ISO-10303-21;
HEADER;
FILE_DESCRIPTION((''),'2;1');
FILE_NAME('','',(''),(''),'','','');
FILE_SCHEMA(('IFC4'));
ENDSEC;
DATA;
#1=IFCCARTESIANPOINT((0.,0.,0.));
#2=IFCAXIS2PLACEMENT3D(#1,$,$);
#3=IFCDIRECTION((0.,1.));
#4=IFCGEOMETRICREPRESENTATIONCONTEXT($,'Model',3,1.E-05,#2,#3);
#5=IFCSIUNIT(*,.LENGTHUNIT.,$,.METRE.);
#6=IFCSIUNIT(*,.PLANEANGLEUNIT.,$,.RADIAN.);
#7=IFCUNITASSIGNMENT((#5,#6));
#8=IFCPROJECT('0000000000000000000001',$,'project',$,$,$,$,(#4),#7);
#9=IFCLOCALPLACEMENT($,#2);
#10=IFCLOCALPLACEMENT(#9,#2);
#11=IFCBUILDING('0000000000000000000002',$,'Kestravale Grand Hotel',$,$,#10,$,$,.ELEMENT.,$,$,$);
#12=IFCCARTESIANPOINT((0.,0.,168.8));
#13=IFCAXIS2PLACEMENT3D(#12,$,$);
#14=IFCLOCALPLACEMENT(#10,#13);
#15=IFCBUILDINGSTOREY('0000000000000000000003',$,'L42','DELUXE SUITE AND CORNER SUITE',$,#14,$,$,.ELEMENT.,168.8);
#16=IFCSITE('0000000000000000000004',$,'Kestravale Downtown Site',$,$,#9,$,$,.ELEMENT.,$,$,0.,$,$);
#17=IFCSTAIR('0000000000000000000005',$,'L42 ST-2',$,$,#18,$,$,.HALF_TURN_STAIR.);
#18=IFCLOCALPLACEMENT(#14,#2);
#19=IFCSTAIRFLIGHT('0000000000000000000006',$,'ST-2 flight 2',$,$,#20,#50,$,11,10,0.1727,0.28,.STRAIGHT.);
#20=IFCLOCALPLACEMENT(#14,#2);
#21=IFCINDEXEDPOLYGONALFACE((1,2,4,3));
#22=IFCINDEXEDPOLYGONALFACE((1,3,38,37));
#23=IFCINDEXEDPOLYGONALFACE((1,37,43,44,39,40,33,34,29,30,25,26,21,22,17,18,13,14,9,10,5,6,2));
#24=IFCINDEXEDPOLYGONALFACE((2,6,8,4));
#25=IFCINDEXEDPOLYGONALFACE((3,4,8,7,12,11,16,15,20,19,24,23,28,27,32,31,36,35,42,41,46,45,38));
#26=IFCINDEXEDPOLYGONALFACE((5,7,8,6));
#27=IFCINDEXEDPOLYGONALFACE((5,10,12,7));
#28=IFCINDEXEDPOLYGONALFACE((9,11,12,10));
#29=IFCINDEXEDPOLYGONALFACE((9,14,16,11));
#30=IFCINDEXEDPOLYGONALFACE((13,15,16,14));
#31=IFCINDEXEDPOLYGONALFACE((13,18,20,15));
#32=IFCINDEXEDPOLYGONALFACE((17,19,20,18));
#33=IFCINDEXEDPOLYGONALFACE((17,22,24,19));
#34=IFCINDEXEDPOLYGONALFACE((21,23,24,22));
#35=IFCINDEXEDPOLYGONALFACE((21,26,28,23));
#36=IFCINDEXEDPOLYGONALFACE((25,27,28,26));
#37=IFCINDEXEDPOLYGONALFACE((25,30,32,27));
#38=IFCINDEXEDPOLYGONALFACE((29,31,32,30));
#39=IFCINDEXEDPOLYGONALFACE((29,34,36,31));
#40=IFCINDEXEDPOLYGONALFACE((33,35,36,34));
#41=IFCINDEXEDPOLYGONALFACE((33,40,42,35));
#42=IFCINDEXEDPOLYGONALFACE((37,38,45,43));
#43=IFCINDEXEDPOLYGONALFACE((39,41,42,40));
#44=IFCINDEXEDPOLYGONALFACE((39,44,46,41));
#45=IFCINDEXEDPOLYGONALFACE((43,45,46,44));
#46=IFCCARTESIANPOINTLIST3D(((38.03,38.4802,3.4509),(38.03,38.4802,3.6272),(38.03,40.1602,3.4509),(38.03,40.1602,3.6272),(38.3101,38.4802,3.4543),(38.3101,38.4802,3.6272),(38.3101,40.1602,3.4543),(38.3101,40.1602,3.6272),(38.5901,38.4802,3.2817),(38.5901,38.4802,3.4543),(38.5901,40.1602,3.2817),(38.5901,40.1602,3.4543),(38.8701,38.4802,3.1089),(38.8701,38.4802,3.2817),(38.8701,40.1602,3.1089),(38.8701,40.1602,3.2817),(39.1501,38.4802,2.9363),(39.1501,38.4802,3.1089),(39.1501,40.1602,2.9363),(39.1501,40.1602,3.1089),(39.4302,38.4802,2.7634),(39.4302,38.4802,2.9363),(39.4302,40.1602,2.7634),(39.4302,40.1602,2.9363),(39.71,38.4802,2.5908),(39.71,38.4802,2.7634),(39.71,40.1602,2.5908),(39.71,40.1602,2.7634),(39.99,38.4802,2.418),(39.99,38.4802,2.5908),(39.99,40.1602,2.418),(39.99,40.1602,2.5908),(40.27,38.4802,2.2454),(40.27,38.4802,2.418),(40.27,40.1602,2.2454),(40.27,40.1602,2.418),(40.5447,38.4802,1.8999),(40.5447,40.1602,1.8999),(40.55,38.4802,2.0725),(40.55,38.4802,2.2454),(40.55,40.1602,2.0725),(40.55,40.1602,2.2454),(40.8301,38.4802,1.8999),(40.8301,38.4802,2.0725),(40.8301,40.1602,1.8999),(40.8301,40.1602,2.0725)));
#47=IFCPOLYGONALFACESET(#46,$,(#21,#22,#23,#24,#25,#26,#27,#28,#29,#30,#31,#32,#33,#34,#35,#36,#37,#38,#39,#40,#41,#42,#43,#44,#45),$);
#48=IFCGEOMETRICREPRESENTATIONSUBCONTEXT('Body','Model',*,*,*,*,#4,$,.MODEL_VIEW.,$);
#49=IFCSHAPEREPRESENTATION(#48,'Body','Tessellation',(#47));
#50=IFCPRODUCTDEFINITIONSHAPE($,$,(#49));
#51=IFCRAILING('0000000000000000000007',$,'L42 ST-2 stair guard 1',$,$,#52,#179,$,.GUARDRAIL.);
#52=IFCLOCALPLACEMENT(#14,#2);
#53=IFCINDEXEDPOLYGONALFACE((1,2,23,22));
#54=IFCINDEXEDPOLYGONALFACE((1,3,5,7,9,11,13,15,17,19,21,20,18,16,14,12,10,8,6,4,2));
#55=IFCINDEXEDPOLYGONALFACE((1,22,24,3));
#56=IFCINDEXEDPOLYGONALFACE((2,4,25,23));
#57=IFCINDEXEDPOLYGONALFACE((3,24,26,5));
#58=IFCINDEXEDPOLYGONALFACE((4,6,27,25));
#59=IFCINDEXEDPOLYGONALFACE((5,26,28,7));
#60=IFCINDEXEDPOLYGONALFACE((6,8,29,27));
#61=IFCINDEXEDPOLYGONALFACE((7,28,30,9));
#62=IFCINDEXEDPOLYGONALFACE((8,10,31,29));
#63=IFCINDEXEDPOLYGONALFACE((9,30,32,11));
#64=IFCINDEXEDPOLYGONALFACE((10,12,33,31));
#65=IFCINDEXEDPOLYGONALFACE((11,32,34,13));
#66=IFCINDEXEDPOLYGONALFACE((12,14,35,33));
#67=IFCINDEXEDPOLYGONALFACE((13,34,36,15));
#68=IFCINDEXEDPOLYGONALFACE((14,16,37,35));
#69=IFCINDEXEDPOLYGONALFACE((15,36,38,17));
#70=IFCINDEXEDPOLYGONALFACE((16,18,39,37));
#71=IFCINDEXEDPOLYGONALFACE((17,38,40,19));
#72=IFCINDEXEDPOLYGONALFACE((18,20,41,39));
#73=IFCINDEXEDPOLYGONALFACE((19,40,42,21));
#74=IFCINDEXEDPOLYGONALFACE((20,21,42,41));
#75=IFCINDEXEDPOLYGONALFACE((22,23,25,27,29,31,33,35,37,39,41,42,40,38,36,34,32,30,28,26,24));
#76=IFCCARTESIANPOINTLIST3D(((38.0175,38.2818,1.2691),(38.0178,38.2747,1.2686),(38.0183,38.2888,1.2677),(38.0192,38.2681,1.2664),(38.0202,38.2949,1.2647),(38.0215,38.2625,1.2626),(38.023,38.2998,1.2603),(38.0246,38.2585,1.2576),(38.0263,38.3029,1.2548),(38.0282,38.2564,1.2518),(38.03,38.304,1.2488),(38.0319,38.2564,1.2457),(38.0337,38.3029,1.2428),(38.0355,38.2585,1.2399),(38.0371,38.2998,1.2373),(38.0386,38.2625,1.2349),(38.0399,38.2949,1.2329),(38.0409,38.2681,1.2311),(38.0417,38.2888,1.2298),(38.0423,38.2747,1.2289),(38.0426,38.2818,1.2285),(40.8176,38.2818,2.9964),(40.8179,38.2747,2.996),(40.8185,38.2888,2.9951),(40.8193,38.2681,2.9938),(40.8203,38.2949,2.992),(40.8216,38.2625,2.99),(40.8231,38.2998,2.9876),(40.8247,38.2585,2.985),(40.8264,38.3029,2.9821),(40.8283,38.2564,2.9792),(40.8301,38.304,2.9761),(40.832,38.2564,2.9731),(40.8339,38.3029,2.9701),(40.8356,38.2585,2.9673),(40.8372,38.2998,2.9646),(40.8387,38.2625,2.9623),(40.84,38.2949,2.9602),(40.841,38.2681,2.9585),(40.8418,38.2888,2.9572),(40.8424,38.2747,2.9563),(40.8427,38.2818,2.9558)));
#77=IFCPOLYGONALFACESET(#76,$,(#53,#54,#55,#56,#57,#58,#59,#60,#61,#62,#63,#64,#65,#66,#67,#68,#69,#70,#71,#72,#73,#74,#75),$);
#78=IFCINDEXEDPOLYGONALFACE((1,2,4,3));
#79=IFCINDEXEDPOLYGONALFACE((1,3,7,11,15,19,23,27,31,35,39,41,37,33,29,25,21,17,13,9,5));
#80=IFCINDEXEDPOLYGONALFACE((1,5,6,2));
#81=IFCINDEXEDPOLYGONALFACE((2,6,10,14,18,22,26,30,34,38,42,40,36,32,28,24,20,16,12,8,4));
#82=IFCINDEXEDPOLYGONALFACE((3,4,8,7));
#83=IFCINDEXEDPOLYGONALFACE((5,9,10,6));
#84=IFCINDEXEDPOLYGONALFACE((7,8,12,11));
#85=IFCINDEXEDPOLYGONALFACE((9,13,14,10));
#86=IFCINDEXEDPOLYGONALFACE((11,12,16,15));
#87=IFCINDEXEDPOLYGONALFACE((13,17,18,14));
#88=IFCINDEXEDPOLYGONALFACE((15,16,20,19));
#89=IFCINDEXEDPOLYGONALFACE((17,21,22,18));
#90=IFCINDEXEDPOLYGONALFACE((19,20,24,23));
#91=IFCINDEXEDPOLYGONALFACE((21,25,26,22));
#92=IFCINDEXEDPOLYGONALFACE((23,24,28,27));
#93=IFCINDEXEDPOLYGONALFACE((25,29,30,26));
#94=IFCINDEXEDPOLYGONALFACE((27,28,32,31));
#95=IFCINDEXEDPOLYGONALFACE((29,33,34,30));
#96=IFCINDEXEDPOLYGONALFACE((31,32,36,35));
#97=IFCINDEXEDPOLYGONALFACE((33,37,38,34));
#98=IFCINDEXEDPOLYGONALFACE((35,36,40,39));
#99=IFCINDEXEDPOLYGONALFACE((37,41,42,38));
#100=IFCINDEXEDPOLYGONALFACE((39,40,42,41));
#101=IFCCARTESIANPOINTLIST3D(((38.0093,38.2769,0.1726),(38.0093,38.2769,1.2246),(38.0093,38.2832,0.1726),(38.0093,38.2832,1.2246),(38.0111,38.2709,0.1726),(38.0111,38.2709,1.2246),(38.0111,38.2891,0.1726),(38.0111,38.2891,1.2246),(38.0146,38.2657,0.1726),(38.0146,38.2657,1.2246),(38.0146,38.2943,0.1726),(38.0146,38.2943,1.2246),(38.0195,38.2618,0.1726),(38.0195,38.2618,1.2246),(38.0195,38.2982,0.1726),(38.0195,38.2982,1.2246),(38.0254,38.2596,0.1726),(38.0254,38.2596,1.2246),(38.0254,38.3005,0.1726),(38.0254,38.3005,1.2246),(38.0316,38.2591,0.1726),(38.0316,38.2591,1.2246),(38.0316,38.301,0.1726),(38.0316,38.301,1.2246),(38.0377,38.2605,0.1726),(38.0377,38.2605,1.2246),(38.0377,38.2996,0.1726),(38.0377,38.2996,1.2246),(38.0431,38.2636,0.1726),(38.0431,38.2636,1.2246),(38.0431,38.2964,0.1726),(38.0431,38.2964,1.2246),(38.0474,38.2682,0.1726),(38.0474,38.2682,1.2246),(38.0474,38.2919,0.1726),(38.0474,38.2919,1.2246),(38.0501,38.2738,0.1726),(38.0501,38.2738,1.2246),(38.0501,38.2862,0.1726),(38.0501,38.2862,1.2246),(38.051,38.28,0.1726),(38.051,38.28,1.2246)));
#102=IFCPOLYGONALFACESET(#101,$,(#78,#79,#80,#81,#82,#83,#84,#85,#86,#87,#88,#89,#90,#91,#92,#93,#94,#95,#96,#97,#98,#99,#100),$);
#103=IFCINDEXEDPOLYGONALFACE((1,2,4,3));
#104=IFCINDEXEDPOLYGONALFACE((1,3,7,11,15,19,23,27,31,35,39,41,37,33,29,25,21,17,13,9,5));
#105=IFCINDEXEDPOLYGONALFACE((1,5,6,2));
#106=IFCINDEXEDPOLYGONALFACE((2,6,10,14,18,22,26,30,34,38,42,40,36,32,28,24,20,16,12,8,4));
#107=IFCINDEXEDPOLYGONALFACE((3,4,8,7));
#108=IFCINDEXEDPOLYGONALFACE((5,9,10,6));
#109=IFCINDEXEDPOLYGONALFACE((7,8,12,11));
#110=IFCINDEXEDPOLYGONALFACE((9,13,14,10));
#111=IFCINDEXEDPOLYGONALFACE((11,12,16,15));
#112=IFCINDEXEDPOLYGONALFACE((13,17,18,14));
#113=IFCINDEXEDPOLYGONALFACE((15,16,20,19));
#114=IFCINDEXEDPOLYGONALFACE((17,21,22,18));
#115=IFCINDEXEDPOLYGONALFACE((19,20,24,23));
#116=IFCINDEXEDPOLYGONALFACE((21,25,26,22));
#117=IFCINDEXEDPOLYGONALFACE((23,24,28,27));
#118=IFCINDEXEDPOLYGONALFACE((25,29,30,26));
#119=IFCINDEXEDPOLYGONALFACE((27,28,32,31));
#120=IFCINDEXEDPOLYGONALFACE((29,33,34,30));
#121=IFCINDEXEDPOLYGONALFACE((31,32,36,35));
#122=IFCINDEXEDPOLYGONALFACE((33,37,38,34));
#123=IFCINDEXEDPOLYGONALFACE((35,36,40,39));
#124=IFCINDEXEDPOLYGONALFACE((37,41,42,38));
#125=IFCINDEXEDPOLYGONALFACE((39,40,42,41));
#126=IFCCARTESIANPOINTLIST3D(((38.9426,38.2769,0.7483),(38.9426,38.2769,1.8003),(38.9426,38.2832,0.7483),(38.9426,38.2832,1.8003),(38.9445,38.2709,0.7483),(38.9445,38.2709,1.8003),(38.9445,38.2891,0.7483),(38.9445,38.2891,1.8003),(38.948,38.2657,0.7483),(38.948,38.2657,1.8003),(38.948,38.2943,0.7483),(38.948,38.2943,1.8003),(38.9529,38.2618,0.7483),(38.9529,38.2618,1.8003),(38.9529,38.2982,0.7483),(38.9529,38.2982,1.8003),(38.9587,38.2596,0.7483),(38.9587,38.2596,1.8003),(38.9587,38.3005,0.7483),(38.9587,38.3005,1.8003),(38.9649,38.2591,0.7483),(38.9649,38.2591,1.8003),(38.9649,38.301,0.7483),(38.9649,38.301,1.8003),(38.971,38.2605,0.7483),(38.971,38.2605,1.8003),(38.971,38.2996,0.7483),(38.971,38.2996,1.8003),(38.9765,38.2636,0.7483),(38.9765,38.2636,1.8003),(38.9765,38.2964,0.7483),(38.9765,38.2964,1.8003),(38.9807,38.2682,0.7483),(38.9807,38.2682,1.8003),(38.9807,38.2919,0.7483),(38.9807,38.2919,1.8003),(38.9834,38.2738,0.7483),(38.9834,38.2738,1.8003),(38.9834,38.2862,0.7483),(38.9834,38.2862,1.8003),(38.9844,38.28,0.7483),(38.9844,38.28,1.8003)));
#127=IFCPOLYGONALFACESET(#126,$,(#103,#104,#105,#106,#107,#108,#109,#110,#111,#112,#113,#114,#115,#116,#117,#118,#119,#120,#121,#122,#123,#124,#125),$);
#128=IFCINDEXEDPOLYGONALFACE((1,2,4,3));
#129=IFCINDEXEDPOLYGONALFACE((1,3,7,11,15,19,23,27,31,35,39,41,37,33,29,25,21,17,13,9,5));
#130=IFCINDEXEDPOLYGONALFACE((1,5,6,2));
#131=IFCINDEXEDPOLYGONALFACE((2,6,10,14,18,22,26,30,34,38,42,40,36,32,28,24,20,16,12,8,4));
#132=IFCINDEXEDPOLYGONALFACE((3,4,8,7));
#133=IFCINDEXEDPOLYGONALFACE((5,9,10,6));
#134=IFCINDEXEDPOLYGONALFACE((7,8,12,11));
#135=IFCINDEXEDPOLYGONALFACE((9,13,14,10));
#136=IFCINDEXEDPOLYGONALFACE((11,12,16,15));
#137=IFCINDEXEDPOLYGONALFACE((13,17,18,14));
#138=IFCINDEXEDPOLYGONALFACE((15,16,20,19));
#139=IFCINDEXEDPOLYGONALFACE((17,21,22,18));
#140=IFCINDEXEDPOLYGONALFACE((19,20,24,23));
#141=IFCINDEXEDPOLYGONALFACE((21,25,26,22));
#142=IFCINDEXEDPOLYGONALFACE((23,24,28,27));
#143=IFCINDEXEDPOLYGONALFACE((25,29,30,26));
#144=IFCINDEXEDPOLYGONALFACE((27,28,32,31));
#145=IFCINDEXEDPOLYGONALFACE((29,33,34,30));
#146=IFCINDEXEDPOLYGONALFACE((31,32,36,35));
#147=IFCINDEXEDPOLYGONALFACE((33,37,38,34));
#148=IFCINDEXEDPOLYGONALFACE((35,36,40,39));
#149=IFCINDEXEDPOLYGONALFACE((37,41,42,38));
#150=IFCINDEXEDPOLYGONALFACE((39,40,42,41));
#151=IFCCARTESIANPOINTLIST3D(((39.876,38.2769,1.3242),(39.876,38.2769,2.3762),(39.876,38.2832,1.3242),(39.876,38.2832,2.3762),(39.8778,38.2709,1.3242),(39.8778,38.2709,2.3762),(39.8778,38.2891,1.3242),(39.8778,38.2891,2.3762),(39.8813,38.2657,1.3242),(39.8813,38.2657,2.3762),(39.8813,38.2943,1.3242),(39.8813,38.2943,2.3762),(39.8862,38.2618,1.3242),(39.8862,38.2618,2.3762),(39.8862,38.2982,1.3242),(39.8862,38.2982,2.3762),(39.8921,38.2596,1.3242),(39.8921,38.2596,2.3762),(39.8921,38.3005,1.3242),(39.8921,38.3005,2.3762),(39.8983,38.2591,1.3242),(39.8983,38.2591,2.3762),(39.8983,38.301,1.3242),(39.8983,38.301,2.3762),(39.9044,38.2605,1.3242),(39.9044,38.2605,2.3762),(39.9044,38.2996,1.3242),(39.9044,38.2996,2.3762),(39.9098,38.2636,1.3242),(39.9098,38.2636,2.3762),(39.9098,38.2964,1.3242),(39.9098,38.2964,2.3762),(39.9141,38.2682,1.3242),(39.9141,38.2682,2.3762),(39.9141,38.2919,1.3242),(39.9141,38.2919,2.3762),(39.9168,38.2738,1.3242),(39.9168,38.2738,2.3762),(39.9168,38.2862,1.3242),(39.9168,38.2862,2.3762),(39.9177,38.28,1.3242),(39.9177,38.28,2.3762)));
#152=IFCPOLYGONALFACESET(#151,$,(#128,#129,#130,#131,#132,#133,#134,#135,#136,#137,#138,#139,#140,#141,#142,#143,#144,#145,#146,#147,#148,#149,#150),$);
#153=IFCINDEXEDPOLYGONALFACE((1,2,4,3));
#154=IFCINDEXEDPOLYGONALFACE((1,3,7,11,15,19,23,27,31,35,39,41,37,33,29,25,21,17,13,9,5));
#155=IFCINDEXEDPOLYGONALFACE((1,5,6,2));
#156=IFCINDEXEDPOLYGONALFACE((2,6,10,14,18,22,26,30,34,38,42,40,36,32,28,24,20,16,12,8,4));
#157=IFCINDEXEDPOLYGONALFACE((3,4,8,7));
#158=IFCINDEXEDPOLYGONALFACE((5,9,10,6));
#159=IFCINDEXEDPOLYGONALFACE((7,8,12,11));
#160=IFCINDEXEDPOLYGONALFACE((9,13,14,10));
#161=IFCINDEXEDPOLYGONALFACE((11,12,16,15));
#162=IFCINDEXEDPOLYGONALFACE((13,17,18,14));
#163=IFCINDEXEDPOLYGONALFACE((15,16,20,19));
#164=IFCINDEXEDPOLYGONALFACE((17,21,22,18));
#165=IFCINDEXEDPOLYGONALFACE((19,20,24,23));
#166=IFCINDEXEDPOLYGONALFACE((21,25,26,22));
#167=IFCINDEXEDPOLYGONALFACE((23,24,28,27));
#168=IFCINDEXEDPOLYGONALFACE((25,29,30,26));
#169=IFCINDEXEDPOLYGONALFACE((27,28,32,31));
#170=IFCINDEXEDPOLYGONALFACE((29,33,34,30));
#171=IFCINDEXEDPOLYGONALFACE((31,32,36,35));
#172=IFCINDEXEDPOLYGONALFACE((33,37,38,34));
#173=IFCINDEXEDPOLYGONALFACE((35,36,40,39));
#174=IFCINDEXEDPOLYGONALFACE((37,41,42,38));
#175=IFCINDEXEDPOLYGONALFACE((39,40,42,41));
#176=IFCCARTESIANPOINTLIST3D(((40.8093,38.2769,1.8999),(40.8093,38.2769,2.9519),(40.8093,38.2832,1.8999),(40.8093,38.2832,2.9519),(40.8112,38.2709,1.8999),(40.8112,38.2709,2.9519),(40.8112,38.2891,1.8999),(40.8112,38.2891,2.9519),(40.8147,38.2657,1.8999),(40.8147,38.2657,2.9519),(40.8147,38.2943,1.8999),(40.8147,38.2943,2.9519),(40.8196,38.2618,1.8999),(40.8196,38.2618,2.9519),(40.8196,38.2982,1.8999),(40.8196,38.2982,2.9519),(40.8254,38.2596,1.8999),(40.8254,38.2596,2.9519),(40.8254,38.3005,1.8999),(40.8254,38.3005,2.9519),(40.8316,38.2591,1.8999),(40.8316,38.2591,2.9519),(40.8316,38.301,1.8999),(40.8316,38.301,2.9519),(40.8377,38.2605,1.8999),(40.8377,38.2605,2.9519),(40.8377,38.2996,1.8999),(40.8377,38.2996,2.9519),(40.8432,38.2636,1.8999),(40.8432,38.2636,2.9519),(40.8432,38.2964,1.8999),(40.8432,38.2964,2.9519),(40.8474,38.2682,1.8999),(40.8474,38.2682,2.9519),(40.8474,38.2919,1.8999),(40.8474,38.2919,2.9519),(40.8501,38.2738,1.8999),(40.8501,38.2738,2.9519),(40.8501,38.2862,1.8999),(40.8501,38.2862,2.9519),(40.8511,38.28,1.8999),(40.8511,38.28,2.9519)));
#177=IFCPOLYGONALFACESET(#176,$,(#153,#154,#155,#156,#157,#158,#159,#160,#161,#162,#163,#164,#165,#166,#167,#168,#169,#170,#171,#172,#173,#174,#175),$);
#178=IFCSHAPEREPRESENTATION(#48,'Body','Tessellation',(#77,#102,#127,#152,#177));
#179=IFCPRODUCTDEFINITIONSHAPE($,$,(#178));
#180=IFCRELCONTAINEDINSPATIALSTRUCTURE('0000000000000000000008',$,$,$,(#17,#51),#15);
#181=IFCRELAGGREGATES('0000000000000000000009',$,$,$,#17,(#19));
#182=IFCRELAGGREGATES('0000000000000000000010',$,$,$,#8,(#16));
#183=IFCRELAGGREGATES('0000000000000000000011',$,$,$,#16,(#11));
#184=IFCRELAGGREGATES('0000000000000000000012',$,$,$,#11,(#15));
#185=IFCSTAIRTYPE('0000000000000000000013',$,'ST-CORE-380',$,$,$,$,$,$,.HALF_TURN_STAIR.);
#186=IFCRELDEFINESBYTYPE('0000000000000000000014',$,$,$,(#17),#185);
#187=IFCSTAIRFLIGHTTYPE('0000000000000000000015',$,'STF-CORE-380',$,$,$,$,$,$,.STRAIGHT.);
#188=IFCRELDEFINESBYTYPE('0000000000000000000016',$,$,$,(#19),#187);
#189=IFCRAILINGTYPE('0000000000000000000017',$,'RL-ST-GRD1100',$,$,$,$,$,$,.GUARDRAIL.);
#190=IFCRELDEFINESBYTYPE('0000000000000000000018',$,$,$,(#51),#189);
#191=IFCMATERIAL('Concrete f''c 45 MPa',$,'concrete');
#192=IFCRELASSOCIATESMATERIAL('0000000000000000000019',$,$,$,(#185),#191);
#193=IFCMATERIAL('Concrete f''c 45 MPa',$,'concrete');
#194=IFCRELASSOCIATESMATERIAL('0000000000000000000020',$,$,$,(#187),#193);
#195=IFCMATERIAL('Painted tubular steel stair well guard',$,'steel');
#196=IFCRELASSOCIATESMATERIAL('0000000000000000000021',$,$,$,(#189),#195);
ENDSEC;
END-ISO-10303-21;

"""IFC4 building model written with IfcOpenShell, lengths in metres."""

from ifc_helpers import new_model, si_unit, direction, frame, origin, origin_2d, place, context, subcontext, project, spatial, polyline, circle, outline, extrude, material, type_object, element, aggregate, save


model = new_model("IFC4")

# Units and contexts
model_context = context("Model", 3, precision=1e-05, world=origin(), true_north=direction((0.0, 1.0)))
body_context = subcontext(model_context, "Body", "Model", "MODEL_VIEW")
ifc_project = project(units=[si_unit("LENGTHUNIT", "METRE"), si_unit("PLANEANGLEUNIT", "RADIAN")], contexts=[model_context])

# Site, building, storey
site_placement = place(None, origin())
site = spatial("IfcSite", under=ifc_project, at=site_placement, Name="Kestravale Downtown Site", CompositionType="ELEMENT", RefElevation=0.0)
building_placement = place(site_placement, origin())
building = spatial("IfcBuilding", under=site, at=building_placement, Name="Kestravale Grand Hotel", CompositionType="ELEMENT")
storey_placement = place(building_placement, frame((0.0, 0.0, 168.8)))
storey = spatial("IfcBuildingStorey", under=building, at=storey_placement, Name="L42", Description="DELUXE SUITE AND CORNER SUITE", CompositionType="ELEMENT", Elevation=168.8)

# Stair, stair flight
ifc_material_1 = material(Name="Concrete f'c 45 MPa", Category="concrete")
stair_type = type_object("IfcStairType", Name="ST-CORE-380", PredefinedType="HALF_TURN_STAIR", material=ifc_material_1)
stair_placement = place(storey_placement, origin())
stair = element("IfcStair", 1, at=stair_placement, inside=storey, type_object=stair_type, Name="L42 ST-2", PredefinedType="HALF_TURN_STAIR")
ifc_material_2 = material(Name="Concrete f'c 45 MPa", Category="concrete")
stair_flight_type = type_object("IfcStairFlightType", Name="STF-CORE-380", PredefinedType="STRAIGHT", material=ifc_material_2)
stair_flight_1_placement = place(storey_placement, frame((40.8301, 39.3201, 1.8999), z_axis=(0.0, 0.0, 1.0), x_axis=(-1.0, 0.0, 0.0)))
stair_flight_1 = element("IfcStairFlight", 2, at=stair_flight_1_placement, type_object=stair_flight_type, Name="ST-2 flight 2", NumberOfRisers=11, NumberOfTreads=10, PredefinedType="STRAIGHT", RiserHeight=0.1727, TreadLength=0.28, context=body_context, shape_type="SweptSolid", body=[
    extrude(outline(polyline([(0.0, 0.0), (0.0, 0.1726), (0.28, 0.1726), (0.28, 0.3455), (0.5601, 0.3455), (0.5601, 0.5181), (0.8401, 0.5181), (0.8401, 0.6909), (1.1201, 0.6909), (1.1201, 0.8635), (1.3999, 0.8635), (1.3999, 1.0364), (1.6799, 1.0364), (1.6799, 1.209), (1.96, 1.209), (1.96, 1.3818), (2.24, 1.3818), (2.24, 1.5544), (2.52, 1.5544), (2.52, 1.7273), (2.8, 1.7273), (2.8, 1.8999), (2.8, 1.551), (0.2854, 0.0), (0.0, 0.0)])), frame((0.0, 0.8398, 0.0), z_axis=(0.0, -1.0, 0.0), x_axis=(1.0, 0.0, 0.0)), (0.0, 0.0, 1.0), 1.6799),
])
aggregate(stair, [stair_flight_1])

# Railing
ifc_material_3 = material(Name="Painted tubular steel stair well guard", Category="steel")
railing_type_1 = type_object("IfcRailingType", Name="RL-ST-GRD1100", PredefinedType="GUARDRAIL", material=ifc_material_3)
railing_1_placement = place(storey_placement, frame((38.03, 38.28, 0.1726)))
element("IfcRailing", 3, at=railing_1_placement, inside=storey, type_object=railing_type_1, Name="L42 ST-2 stair guard 1", PredefinedType="GUARDRAIL", context=body_context, shape_type="SweptSolid", body=[
    extrude(circle(Radius=0.0239, at=origin_2d()), frame((0.0, 0.0, 1.0762), z_axis=(0.85109, 0.0, 0.52502), x_axis=(0.0, 1.0, 0.0)), (0.0, 0.0, 1.0), 3.29),
    extrude(circle(Radius=0.021, at=origin_2d()), origin(), (0.0, 0.0, 1.0), 1.052),
    extrude(circle(Radius=0.021, at=origin_2d()), frame((0.9333, 0.0, 0.5757)), (0.0, 0.0, 1.0), 1.052),
    extrude(circle(Radius=0.021, at=origin_2d()), frame((1.8667, 0.0, 1.1516)), (0.0, 0.0, 1.0), 1.052),
    extrude(circle(Radius=0.021, at=origin_2d()), frame((2.8, 0.0, 1.7273)), (0.0, 0.0, 1.0), 1.052),
])

save(model, "model.ifc")
